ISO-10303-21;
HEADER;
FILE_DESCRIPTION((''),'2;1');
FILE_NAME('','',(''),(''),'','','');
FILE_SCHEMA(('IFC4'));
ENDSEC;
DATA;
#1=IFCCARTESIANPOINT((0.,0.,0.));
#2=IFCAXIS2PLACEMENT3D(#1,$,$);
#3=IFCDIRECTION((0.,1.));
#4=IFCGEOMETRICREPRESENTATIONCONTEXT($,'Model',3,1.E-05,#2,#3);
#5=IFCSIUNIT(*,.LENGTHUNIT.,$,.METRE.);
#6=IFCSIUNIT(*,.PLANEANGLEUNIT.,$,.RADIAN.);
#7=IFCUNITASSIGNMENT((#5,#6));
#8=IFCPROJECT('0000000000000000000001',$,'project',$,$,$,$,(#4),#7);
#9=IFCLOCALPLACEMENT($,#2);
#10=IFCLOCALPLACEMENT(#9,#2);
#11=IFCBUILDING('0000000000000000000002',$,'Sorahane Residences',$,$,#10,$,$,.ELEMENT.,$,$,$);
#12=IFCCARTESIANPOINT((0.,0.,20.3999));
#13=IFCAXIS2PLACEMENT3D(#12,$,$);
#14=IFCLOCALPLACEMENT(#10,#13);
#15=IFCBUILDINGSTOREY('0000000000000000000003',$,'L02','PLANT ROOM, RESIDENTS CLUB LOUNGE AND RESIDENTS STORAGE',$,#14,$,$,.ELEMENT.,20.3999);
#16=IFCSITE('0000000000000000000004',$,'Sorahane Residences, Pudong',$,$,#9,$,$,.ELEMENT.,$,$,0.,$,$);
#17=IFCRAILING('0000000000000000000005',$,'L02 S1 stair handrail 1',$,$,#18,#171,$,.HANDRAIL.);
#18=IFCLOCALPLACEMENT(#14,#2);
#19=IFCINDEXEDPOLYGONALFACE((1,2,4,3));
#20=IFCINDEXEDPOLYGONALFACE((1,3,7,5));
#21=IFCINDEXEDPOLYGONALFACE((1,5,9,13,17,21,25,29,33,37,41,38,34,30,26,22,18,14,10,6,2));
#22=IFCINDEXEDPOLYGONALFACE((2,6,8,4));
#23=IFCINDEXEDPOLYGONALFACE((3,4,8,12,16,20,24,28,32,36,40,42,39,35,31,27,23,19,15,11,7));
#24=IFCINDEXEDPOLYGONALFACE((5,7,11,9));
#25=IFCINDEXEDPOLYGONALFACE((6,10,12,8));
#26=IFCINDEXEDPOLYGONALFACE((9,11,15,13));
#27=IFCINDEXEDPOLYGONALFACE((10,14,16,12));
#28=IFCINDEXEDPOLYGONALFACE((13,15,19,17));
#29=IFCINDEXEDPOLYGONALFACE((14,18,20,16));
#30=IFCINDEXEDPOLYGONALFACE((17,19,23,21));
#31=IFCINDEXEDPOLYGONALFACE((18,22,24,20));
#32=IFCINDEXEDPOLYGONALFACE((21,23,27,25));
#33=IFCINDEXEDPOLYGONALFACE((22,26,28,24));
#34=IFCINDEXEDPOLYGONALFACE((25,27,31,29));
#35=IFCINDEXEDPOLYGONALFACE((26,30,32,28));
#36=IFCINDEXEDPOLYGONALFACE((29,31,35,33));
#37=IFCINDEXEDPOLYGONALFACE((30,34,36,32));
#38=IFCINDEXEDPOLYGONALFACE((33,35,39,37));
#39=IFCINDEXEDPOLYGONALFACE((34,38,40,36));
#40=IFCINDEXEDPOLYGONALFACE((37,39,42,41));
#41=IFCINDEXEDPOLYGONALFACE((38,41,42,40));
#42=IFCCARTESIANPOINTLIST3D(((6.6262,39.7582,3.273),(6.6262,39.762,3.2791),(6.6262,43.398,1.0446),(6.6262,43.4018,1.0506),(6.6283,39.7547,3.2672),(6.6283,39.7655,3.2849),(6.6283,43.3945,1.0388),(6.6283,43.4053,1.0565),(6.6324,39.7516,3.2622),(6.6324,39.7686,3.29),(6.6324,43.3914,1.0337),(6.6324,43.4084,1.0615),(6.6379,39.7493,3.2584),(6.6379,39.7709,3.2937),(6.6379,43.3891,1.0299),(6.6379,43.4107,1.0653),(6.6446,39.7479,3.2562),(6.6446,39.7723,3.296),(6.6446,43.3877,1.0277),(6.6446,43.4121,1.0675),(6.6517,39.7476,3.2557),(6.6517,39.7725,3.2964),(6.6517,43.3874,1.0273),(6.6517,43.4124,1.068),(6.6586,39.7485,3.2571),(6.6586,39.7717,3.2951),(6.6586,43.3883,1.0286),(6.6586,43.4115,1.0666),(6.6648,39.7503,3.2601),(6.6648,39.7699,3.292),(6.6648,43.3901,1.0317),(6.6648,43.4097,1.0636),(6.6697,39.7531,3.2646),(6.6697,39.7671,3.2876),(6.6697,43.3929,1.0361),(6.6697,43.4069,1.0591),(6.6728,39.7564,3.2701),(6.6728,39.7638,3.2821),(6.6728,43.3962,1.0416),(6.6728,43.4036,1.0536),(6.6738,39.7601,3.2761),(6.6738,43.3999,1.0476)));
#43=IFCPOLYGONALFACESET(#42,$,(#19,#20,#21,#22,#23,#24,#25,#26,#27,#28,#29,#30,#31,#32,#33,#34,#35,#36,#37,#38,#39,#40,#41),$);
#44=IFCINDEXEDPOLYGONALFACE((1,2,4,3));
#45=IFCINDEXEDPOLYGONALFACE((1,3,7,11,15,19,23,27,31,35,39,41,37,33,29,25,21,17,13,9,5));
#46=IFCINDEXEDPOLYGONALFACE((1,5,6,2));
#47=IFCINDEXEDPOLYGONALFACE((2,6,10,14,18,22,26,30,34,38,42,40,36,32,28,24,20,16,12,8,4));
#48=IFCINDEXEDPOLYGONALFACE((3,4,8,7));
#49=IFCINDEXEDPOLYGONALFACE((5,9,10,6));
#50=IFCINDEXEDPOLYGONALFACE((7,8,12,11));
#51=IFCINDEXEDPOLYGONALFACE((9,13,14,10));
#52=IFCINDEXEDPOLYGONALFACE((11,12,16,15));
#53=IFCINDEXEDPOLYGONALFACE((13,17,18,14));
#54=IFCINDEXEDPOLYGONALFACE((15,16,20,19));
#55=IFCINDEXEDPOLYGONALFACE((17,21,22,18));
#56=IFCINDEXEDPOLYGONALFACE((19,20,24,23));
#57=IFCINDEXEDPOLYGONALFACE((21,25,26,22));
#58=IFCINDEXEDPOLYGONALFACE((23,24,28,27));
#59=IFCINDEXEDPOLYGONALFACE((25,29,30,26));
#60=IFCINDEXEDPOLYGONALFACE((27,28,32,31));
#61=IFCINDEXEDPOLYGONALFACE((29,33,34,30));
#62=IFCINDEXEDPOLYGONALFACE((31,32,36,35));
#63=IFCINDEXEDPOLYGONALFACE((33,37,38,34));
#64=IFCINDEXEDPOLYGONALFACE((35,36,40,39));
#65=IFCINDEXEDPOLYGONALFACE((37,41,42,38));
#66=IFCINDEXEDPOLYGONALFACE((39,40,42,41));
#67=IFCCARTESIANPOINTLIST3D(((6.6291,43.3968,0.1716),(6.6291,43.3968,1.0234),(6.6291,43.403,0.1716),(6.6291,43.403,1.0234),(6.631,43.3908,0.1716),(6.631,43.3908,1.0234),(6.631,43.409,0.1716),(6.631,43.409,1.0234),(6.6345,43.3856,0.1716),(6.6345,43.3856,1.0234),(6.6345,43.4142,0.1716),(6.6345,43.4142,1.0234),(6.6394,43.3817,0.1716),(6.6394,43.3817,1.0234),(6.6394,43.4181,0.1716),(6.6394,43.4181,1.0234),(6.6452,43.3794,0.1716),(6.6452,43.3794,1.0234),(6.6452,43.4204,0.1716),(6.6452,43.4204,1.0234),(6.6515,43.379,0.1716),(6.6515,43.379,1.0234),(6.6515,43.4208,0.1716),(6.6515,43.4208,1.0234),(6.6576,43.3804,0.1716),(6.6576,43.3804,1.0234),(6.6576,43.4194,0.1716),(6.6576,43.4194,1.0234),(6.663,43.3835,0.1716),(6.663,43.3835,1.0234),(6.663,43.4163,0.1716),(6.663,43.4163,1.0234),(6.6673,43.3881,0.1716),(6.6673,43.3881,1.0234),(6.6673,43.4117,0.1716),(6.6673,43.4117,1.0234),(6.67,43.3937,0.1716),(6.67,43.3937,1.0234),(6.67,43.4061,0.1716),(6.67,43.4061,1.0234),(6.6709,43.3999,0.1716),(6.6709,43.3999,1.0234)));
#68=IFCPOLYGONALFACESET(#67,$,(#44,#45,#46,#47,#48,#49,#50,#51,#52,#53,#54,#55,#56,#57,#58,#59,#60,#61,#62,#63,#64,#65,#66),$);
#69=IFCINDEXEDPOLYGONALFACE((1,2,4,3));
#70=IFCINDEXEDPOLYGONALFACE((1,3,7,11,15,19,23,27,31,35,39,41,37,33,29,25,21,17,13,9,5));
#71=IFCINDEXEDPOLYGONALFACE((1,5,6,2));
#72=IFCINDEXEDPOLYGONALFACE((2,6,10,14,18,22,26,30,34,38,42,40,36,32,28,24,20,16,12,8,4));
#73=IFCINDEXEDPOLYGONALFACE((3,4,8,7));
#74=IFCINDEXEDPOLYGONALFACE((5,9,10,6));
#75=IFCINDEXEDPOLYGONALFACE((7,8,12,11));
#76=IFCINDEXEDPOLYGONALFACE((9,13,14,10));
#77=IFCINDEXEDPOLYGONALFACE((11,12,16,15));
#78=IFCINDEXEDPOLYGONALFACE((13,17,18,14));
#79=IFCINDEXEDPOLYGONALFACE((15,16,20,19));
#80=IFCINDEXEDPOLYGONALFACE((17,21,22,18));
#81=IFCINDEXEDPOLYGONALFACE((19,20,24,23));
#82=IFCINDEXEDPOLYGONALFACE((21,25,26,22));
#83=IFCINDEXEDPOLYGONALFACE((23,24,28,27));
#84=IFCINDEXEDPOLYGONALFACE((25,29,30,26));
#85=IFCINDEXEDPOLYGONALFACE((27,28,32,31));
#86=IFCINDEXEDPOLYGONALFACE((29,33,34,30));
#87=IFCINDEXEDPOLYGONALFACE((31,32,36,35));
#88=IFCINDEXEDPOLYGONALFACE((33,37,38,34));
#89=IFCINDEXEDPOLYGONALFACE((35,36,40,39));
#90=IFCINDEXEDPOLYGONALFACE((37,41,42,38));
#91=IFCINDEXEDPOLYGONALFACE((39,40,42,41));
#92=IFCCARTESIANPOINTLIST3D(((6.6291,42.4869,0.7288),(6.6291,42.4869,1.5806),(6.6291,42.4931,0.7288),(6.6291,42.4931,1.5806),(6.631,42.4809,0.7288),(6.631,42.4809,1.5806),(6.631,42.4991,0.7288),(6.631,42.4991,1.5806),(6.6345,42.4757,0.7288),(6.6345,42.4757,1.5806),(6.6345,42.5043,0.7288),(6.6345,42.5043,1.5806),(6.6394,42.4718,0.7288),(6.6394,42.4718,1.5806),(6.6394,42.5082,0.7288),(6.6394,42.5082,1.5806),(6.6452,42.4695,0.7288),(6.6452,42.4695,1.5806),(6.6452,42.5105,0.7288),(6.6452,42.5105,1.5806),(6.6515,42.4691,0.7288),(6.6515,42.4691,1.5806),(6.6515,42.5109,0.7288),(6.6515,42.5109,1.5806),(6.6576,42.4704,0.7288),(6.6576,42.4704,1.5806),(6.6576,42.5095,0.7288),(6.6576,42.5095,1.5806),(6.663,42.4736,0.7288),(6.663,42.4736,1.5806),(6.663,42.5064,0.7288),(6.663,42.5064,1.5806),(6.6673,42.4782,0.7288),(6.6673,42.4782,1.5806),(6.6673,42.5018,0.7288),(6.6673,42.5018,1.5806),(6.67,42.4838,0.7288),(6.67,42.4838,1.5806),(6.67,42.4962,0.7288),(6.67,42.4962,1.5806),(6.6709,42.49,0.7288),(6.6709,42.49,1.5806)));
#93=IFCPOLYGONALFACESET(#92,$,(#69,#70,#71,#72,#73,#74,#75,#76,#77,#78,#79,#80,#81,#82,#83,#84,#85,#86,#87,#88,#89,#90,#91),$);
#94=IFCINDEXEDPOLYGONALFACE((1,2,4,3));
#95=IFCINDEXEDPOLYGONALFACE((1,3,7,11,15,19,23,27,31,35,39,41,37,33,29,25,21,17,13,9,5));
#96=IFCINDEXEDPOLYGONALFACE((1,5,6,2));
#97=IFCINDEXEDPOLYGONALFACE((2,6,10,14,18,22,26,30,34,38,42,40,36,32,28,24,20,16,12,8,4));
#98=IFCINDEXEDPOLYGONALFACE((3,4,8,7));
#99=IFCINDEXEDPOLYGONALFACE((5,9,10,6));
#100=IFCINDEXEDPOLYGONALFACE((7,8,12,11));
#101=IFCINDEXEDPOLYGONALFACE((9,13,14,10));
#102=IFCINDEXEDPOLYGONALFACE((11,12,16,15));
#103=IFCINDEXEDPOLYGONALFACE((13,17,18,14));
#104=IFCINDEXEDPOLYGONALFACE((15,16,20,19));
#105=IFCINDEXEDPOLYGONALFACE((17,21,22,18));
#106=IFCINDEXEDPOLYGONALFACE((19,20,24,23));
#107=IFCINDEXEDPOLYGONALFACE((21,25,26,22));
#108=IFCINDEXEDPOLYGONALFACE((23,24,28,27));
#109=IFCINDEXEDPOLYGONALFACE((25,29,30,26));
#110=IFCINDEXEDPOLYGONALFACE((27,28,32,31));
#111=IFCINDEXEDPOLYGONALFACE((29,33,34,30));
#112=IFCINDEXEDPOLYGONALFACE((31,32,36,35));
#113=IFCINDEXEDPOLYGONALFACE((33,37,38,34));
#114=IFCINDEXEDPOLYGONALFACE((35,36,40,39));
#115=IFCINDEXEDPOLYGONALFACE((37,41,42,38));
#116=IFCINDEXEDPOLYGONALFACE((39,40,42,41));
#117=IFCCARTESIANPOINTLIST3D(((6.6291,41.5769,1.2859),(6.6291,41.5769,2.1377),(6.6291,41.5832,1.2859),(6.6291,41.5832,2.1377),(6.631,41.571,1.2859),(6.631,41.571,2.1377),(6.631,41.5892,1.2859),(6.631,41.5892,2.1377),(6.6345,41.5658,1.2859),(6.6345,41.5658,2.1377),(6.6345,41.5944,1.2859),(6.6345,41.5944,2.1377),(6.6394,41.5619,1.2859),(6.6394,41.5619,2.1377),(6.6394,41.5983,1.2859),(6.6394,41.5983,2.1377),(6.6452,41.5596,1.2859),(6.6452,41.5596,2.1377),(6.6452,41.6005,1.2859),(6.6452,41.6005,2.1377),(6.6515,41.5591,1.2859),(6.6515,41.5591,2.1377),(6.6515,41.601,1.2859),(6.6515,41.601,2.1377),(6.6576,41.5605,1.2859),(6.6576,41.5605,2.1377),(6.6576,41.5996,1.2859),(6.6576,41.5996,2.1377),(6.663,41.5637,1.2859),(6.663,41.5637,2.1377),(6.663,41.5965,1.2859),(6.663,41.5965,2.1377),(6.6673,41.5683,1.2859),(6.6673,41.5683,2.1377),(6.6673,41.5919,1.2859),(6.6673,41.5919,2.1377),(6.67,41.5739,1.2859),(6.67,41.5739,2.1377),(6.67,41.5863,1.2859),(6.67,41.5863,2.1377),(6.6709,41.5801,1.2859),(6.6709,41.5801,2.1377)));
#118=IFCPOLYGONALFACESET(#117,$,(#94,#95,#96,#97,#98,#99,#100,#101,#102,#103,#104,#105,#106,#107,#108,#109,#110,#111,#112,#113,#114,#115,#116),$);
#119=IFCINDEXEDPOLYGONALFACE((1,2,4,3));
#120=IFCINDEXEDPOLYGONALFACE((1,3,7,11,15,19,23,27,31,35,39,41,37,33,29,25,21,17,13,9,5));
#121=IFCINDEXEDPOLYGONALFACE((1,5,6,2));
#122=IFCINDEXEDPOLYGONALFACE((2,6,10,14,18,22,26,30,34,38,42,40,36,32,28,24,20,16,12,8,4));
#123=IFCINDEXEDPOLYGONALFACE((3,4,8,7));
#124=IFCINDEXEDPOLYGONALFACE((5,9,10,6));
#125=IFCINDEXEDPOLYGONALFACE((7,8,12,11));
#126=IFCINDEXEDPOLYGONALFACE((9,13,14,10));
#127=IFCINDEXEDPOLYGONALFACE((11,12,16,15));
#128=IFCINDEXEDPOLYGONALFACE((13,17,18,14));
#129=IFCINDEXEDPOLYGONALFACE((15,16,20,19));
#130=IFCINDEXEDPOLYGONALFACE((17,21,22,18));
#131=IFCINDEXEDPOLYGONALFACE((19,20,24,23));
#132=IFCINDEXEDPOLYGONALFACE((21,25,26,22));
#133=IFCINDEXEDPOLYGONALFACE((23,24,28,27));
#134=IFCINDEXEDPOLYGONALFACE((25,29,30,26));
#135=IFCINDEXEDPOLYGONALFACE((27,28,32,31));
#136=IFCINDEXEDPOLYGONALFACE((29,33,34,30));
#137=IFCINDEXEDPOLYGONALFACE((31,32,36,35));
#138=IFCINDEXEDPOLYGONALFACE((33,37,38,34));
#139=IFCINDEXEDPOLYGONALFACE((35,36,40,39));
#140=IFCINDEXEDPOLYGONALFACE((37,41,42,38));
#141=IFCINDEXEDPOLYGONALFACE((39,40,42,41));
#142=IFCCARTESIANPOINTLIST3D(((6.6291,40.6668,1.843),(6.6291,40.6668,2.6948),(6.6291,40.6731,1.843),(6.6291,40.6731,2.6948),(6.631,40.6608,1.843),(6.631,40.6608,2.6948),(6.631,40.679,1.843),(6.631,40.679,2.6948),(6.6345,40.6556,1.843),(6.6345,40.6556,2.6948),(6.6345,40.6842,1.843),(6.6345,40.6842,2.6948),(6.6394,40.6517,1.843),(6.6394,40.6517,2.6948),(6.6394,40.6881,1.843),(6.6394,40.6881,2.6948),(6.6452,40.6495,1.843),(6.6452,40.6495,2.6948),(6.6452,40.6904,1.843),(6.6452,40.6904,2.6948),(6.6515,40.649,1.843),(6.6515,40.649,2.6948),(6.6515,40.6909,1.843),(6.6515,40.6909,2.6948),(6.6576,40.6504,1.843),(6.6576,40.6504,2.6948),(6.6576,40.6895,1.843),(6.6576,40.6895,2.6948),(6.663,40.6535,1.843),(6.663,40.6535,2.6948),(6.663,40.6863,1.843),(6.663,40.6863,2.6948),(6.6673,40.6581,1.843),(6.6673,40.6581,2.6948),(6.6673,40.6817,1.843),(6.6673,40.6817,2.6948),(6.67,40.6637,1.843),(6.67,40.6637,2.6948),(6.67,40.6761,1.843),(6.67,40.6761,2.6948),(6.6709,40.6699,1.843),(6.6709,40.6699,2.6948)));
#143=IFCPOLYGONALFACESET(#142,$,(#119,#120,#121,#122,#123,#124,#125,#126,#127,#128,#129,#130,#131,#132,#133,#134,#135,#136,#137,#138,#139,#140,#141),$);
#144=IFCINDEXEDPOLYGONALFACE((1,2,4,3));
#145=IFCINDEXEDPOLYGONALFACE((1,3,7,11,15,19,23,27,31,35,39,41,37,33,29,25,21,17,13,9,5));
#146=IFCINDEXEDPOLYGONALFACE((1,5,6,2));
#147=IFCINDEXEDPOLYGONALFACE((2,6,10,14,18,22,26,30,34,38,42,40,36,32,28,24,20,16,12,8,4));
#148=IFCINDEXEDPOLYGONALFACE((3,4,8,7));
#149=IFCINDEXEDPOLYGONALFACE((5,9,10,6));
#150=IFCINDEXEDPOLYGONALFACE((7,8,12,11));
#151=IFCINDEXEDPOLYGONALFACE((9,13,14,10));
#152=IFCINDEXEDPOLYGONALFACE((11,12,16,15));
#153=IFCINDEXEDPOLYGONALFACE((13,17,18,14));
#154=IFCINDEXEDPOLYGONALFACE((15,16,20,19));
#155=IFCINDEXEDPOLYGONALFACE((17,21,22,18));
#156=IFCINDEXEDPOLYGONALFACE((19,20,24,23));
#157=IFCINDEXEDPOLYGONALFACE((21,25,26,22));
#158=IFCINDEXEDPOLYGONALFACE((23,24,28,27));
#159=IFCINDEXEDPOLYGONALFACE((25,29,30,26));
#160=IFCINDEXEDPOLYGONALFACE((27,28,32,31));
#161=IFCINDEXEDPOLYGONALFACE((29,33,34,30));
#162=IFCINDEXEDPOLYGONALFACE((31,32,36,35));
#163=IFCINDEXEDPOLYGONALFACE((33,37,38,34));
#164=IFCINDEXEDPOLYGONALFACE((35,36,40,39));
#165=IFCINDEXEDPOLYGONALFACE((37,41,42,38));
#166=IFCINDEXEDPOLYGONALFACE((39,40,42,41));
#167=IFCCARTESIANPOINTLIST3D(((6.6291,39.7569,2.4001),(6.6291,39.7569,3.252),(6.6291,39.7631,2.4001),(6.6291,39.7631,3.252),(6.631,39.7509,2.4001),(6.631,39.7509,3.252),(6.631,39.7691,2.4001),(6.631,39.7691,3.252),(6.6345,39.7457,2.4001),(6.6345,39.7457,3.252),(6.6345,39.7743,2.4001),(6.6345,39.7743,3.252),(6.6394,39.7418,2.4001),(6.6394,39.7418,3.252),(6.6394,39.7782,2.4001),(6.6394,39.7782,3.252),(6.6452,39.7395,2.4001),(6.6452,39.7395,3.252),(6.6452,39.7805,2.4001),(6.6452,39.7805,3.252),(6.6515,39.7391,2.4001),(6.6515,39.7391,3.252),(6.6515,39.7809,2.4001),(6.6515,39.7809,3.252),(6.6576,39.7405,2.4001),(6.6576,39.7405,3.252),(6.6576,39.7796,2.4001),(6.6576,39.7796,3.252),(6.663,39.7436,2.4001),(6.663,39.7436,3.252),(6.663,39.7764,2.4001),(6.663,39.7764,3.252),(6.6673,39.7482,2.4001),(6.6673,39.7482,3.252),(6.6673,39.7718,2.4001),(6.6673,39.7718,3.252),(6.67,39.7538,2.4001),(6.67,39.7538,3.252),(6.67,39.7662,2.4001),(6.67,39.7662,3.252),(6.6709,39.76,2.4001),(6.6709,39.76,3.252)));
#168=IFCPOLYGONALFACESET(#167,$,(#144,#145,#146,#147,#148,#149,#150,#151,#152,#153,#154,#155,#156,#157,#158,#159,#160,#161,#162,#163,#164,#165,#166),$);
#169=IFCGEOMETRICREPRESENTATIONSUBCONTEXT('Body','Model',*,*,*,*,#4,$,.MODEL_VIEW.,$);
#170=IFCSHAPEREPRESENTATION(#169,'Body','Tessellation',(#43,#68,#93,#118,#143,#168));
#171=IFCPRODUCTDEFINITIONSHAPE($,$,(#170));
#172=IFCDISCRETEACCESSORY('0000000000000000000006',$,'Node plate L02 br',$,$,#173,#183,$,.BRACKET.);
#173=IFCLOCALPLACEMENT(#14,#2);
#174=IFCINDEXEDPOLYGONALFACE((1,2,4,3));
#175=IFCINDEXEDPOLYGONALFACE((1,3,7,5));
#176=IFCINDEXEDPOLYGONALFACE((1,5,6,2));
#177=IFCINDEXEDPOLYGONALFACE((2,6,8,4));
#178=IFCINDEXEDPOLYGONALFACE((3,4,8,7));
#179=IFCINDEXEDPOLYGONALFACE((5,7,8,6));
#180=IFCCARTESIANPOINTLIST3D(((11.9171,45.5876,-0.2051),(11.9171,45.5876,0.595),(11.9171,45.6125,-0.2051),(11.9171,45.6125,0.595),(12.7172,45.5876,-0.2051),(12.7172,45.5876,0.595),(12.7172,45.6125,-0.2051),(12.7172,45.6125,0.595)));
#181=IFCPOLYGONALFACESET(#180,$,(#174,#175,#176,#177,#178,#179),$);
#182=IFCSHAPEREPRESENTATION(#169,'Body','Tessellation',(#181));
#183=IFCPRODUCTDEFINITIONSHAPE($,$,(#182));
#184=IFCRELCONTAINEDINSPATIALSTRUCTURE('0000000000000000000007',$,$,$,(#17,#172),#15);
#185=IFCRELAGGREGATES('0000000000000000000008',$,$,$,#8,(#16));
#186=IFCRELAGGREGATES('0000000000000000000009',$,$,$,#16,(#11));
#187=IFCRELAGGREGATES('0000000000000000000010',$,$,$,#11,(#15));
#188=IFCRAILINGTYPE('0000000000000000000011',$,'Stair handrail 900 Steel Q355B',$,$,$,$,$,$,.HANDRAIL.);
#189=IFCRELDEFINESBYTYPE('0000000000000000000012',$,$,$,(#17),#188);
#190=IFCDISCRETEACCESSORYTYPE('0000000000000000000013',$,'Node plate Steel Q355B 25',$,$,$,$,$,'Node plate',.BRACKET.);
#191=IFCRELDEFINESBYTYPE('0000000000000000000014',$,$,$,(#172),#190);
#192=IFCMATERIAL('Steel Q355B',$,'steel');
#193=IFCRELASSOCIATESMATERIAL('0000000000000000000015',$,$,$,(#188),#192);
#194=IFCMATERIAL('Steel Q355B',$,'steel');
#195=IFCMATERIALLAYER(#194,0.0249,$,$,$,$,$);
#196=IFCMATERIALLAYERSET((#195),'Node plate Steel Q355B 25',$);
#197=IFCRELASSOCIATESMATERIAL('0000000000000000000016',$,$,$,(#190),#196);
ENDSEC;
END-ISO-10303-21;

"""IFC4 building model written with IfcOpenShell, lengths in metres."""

from ifc_helpers import new_model, si_unit, direction, frame, origin, origin_2d, place, context, subcontext, project, spatial, rectangle, circle, extrude, material, layer, layer_set, type_object, element, save


model = new_model("IFC4")

# Units and contexts
model_context = context("Model", 3, precision=1e-05, world=origin(), true_north=direction((0.0, 1.0)))
body_context = subcontext(model_context, "Body", "Model", "MODEL_VIEW")
ifc_project = project(units=[si_unit("LENGTHUNIT", "METRE"), si_unit("PLANEANGLEUNIT", "RADIAN")], contexts=[model_context])

# Site, building, storey
site_placement = place(None, origin())
site = spatial("IfcSite", under=ifc_project, at=site_placement, Name="Sorahane Residences, Pudong", CompositionType="ELEMENT", RefElevation=0.0)
building_placement = place(site_placement, origin())
building = spatial("IfcBuilding", under=site, at=building_placement, Name="Sorahane Residences", CompositionType="ELEMENT")
storey_placement = place(building_placement, frame((0.0, 0.0, 20.3999)))
storey = spatial("IfcBuildingStorey", under=building, at=storey_placement, Name="L02", Description="PLANT ROOM, RESIDENTS CLUB LOUNGE AND RESIDENTS STORAGE", CompositionType="ELEMENT", Elevation=20.3999)

# Railing
ifc_material_1 = material(Name="Steel Q355B", Category="steel")
railing_type_1 = type_object("IfcRailingType", Name="Stair handrail 900 Steel Q355B", PredefinedType="HANDRAIL", material=ifc_material_1)
railing_1_placement = place(storey_placement, frame((6.6499, 43.3999, 0.1716)))
element("IfcRailing", 1, at=railing_1_placement, inside=storey, type_object=railing_type_1, Name="L02 S1 stair handrail 1", PredefinedType="HANDRAIL", context=body_context, shape_type="SweptSolid", body=[
    extrude(circle(Radius=0.0239, at=origin_2d()), frame((0.0, 0.0, 0.876), z_axis=(0.0, -0.85285, 0.522156), x_axis=(1.0, 0.0, 0.0)), (0.0, 0.0, 1.0), 4.2678),
    extrude(circle(Radius=0.021, at=origin_2d()), origin(), (0.0, 0.0, 1.0), 0.8518),
    extrude(circle(Radius=0.021, at=origin_2d()), frame((0.0, -0.9099, 0.5571)), (0.0, 0.0, 1.0), 0.8518),
    extrude(circle(Radius=0.021, at=origin_2d()), frame((0.0, -1.8198, 1.1143)), (0.0, 0.0, 1.0), 0.8518),
    extrude(circle(Radius=0.021, at=origin_2d()), frame((0.0, -2.73, 1.6714)), (0.0, 0.0, 1.0), 0.8518),
    extrude(circle(Radius=0.021, at=origin_2d()), frame((0.0, -3.6399, 2.2285)), (0.0, 0.0, 1.0), 0.8518),
])

# Discrete accessory
ifc_material_2 = material(Name="Steel Q355B", Category="steel")
ifc_layer_1 = layer(ifc_material_2, 0.0249)
ifc_layer_set_1 = layer_set([ifc_layer_1], Name="Node plate Steel Q355B 25")
discrete_accessory_type = type_object("IfcDiscreteAccessoryType", Name="Node plate Steel Q355B 25", ElementType="Node plate", PredefinedType="BRACKET", material=ifc_layer_set_1)
discrete_accessory_placement = place(storey_placement, frame((12.3171, 45.6001, -0.2051), z_axis=(0.0, 0.0, 1.0), x_axis=(1.0, 0.0, 0.0)))
element("IfcDiscreteAccessory", 2, at=discrete_accessory_placement, inside=storey, type_object=discrete_accessory_type, Name="Node plate L02 br", PredefinedType="BRACKET", context=body_context, shape_type="SweptSolid", body=[
    extrude(rectangle(XDim=0.8, YDim=0.0249, at=origin_2d()), origin(), (0.0, 0.0, 1.0), 0.8),
])

save(model, "model.ifc")
